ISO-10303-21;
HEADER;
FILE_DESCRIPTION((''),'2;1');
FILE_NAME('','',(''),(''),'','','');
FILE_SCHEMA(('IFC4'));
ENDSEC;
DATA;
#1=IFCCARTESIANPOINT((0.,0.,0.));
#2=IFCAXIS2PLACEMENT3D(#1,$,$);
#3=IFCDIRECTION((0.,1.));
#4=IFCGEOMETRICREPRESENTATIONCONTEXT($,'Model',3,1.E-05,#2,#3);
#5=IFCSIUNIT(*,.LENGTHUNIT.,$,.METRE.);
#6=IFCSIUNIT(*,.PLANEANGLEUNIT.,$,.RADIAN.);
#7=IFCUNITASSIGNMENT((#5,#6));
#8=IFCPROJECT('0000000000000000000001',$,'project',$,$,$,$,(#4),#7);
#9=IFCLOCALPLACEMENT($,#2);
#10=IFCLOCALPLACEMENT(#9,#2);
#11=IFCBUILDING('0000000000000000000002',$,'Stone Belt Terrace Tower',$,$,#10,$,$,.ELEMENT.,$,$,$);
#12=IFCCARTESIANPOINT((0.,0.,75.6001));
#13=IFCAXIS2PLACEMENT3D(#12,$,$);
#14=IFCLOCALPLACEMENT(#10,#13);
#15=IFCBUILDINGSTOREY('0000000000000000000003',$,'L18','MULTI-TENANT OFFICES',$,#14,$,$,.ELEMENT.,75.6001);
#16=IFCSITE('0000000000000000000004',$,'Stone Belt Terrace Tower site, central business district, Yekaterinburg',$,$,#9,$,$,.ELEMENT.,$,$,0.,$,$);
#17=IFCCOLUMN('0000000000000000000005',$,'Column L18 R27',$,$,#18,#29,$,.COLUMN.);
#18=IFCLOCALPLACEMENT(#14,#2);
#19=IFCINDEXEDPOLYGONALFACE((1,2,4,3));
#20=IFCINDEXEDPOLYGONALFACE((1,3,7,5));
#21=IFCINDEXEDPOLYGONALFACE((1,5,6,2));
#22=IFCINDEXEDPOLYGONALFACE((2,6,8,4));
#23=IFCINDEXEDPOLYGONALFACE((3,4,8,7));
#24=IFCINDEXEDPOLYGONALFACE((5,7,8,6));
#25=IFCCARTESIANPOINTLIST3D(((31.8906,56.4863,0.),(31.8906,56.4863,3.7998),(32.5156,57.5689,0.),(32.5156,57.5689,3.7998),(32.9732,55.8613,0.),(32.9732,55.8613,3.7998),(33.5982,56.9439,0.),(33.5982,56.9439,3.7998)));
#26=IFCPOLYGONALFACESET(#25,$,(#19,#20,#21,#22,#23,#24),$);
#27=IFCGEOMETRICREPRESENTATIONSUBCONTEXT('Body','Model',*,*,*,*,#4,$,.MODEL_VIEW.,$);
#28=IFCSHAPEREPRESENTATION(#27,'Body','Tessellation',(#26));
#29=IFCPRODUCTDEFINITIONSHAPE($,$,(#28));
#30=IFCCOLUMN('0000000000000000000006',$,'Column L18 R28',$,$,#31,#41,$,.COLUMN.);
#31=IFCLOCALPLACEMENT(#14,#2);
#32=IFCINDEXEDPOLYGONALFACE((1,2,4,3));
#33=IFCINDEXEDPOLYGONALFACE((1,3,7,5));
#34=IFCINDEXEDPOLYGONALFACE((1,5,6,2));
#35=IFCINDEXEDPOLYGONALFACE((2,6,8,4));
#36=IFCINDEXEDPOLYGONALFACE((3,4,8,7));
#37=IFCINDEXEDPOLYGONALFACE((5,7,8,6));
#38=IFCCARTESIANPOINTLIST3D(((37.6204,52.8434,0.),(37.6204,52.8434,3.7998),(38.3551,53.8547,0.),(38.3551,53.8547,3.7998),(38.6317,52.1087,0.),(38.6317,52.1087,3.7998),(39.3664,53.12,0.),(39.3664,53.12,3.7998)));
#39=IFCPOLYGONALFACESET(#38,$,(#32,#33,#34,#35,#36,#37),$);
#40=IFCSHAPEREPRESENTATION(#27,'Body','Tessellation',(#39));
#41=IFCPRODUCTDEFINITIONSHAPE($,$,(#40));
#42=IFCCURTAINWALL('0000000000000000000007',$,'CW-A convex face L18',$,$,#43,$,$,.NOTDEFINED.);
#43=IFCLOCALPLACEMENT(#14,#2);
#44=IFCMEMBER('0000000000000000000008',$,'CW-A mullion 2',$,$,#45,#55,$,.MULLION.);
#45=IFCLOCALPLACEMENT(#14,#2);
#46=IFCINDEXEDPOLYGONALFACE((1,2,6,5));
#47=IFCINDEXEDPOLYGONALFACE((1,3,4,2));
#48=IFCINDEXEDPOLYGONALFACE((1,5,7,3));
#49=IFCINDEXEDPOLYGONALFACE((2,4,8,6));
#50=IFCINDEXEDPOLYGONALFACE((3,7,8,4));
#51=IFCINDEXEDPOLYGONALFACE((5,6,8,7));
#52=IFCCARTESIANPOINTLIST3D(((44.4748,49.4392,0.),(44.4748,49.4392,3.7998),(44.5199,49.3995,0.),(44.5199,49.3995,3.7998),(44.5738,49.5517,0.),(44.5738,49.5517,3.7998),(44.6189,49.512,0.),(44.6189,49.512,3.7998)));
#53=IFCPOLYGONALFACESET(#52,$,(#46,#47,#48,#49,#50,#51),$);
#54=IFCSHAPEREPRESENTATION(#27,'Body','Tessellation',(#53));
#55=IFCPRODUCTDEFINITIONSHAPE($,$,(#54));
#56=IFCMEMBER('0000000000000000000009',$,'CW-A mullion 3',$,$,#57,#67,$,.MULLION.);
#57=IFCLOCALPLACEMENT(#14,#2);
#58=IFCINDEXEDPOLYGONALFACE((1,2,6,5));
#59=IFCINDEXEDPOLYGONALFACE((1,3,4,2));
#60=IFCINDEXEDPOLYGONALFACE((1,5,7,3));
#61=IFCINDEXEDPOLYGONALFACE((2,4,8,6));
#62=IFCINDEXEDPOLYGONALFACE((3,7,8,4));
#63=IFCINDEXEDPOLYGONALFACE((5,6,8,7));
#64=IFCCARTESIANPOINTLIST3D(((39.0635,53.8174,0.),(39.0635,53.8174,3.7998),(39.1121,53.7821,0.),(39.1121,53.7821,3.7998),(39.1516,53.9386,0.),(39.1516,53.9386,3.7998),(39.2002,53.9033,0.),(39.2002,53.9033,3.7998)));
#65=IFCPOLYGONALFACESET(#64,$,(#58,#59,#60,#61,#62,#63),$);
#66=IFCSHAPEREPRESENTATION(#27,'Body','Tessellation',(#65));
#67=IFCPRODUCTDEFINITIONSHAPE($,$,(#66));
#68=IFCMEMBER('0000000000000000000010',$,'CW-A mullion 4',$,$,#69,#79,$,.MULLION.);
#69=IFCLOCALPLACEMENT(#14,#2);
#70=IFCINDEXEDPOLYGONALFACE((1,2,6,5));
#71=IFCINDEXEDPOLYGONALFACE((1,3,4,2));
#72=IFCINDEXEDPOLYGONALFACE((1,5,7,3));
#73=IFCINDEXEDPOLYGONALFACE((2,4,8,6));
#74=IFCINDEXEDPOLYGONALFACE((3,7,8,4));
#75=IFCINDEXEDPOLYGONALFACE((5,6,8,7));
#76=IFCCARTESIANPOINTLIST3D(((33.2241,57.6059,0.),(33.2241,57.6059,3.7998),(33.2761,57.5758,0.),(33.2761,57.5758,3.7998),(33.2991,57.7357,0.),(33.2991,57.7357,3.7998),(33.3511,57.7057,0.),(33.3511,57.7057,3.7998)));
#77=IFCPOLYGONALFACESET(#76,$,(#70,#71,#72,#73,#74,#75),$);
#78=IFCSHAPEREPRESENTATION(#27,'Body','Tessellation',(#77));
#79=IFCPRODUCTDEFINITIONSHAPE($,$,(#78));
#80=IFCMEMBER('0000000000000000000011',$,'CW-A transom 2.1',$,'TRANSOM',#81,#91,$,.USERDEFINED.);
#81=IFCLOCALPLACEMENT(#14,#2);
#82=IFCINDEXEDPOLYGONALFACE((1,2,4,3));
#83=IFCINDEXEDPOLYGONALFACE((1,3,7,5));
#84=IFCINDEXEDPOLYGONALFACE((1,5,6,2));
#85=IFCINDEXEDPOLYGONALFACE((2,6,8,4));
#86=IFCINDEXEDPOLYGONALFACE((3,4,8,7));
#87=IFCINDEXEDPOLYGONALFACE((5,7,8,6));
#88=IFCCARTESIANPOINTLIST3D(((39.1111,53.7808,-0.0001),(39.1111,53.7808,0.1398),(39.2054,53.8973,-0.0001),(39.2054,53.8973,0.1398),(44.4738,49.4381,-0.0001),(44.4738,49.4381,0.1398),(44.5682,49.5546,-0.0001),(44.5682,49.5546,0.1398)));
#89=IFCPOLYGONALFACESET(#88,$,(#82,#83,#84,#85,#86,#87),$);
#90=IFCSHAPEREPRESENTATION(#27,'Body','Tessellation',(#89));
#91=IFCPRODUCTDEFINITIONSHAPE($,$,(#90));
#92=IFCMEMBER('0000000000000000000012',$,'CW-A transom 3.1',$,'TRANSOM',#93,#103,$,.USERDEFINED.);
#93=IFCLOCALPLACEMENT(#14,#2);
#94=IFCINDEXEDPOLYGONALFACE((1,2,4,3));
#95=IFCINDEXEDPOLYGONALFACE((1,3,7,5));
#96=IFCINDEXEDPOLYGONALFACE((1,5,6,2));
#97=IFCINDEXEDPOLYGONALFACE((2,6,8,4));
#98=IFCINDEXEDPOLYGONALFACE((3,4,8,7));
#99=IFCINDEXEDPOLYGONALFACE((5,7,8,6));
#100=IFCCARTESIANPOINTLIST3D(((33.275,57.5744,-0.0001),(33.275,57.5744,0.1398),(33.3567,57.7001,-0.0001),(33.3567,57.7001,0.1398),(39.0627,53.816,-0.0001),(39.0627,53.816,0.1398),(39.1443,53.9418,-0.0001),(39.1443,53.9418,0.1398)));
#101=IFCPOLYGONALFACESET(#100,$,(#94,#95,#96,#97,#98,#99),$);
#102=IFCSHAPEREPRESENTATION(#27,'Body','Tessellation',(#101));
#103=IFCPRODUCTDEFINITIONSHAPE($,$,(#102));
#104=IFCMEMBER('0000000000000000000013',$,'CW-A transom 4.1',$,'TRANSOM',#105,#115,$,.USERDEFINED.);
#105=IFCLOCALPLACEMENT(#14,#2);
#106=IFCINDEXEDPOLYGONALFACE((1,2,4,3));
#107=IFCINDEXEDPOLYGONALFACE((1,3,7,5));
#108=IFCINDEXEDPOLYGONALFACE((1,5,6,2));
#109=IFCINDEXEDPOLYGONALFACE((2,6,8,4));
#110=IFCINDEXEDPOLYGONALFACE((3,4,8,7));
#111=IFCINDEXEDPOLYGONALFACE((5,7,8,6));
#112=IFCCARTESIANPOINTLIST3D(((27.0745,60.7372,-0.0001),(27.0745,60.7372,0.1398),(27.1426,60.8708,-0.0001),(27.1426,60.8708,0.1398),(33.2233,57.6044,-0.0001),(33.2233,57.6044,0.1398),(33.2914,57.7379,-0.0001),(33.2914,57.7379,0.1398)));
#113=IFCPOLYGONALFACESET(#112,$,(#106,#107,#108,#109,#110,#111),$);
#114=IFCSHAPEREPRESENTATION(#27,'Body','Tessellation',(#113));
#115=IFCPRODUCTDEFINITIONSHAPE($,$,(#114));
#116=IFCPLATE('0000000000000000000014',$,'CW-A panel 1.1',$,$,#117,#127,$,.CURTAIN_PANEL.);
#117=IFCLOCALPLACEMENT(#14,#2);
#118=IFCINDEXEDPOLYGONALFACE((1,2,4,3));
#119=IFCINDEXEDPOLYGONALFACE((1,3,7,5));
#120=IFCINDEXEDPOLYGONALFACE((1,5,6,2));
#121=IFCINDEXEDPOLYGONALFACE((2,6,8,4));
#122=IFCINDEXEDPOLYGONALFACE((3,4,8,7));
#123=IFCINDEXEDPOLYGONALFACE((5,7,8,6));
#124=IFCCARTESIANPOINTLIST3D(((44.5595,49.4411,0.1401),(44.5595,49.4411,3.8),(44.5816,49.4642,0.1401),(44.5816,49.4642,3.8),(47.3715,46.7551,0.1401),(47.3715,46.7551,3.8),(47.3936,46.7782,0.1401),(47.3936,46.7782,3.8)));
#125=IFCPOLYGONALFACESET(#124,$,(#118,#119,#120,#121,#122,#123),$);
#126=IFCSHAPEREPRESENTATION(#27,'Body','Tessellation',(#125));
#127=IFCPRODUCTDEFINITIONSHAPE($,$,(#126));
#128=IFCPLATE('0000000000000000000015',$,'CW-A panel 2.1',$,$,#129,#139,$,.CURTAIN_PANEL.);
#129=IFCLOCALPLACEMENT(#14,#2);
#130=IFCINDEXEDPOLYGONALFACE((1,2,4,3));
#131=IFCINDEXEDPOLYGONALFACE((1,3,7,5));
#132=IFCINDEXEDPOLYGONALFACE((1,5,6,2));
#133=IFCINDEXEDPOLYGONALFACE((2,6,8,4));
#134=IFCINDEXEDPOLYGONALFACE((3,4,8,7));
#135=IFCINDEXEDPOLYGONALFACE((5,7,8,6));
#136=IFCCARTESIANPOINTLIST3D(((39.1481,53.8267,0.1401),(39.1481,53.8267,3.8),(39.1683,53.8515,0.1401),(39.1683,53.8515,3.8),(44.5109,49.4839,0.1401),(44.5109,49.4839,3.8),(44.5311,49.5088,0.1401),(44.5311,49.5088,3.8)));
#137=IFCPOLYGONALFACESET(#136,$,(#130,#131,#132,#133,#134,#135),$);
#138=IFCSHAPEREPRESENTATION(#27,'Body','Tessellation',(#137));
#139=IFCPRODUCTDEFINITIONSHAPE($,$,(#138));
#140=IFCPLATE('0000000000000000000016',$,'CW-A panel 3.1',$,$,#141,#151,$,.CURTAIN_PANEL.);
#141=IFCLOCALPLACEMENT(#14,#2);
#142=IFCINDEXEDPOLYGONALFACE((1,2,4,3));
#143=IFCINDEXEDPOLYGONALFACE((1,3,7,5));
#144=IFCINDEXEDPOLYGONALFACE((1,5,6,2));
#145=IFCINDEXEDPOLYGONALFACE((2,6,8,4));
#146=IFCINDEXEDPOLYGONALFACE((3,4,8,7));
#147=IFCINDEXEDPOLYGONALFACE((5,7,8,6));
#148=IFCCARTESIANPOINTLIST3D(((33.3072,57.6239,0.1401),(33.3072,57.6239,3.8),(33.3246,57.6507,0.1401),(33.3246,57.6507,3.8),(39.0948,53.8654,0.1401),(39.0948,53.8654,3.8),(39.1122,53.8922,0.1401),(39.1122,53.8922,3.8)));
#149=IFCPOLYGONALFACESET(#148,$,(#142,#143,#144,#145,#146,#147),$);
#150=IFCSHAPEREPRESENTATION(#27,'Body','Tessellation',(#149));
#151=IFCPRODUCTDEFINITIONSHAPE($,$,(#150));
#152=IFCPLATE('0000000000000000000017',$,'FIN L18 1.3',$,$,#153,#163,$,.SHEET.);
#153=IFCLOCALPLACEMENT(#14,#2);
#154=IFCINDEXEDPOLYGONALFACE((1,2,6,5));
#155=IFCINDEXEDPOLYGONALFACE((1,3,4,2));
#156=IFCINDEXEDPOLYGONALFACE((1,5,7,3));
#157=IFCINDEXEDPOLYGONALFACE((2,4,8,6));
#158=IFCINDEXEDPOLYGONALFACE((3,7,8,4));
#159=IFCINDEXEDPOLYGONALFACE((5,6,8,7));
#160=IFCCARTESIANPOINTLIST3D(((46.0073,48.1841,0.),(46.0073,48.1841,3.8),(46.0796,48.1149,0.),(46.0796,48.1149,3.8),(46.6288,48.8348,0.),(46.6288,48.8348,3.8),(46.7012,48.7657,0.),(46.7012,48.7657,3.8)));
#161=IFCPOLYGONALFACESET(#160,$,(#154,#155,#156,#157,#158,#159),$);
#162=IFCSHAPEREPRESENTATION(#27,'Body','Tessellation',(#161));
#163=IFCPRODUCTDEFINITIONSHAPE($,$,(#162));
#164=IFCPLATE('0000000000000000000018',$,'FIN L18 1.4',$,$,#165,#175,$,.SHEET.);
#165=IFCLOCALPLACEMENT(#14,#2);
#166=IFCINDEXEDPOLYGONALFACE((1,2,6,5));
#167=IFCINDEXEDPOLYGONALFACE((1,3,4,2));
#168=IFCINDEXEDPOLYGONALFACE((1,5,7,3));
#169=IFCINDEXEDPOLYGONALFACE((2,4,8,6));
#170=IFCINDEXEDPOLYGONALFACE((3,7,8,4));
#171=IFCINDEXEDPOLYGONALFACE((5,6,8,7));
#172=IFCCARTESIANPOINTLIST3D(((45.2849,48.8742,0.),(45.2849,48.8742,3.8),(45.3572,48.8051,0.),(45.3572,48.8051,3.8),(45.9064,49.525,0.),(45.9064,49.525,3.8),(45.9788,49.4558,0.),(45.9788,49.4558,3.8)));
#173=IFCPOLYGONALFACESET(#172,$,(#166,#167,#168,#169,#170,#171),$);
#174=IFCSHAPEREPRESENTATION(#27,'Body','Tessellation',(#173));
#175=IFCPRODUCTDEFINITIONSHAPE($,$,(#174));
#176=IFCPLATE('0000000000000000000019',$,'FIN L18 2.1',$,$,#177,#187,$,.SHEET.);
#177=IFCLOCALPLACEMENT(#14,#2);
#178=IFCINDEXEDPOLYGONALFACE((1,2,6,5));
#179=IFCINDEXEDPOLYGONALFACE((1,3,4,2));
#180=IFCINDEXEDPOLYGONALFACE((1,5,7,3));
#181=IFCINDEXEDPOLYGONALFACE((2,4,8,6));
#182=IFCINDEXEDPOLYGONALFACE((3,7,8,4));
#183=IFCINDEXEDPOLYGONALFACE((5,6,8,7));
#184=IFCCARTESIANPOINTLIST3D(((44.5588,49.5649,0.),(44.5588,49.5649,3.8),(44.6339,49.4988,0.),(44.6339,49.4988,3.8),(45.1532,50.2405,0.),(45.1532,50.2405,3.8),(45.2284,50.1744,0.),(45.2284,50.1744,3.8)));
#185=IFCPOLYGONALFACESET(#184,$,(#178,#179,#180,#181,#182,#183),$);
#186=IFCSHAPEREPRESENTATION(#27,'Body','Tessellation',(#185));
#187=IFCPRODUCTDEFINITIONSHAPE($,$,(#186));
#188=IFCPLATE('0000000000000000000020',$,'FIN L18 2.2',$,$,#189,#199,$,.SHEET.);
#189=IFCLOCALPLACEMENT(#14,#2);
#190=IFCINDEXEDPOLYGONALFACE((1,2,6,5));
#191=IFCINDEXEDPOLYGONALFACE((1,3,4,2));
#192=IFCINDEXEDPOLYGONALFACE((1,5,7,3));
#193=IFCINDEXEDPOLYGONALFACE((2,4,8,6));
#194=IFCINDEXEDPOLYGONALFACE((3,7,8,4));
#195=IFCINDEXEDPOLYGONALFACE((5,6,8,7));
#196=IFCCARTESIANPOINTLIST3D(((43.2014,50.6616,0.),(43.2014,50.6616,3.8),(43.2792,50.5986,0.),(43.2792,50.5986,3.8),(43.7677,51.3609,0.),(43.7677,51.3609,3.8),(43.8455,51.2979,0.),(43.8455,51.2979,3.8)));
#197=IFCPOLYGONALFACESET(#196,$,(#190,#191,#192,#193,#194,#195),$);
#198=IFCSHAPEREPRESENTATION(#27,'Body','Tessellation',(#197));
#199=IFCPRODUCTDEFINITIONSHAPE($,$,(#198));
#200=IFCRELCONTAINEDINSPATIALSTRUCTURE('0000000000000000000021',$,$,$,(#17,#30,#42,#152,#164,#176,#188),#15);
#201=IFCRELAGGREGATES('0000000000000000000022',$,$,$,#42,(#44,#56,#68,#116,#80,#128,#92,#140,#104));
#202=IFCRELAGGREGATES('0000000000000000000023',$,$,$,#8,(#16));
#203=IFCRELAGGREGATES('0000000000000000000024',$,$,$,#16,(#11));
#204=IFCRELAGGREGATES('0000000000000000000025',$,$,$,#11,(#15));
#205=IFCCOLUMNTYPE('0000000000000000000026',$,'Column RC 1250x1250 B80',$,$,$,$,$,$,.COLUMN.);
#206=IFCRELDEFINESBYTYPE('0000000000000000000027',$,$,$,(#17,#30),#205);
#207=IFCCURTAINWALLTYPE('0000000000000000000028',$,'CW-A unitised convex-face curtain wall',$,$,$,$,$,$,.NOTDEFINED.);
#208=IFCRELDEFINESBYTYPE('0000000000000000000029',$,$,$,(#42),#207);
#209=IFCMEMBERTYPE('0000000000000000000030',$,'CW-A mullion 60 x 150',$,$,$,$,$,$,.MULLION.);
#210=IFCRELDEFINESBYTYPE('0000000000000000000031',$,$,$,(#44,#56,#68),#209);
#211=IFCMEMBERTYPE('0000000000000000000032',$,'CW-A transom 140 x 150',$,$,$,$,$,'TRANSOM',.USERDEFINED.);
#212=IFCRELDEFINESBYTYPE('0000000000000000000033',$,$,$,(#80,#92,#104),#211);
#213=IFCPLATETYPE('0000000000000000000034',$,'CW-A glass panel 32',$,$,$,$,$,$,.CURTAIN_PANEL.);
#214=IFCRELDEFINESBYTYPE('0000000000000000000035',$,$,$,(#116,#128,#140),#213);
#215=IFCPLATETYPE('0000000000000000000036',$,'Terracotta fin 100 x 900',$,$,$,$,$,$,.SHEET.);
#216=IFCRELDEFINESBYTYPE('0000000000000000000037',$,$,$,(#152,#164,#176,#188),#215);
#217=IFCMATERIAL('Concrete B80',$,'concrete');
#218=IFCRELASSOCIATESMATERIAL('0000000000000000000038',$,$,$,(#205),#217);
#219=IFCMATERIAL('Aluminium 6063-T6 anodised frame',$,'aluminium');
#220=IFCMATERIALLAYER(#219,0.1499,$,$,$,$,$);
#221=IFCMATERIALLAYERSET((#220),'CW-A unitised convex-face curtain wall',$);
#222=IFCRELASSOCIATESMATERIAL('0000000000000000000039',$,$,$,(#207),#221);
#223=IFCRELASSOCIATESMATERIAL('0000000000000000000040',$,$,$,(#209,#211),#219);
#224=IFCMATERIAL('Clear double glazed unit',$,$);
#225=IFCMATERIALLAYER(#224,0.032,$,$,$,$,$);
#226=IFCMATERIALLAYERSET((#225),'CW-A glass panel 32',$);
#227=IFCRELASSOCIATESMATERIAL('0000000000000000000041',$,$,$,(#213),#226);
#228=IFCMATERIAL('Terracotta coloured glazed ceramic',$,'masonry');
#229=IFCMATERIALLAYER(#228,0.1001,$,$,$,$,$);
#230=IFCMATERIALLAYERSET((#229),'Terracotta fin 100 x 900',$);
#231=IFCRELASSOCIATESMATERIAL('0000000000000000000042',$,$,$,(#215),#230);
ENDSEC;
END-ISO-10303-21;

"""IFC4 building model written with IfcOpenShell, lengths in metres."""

from ifc_helpers import new_model, si_unit, direction, frame, origin, origin_2d, place, context, subcontext, project, spatial, rectangle, extrude, material, layer, layer_set, material_profile, profile_set, type_object, element, aggregate, save


model = new_model("IFC4")

# Units and contexts
model_context = context("Model", 3, precision=1e-05, world=origin(), true_north=direction((0.0, 1.0)))
body_context = subcontext(model_context, "Body", "Model", "MODEL_VIEW")
ifc_project = project(units=[si_unit("LENGTHUNIT", "METRE"), si_unit("PLANEANGLEUNIT", "RADIAN")], contexts=[model_context])

# Site, building, storey
site_placement = place(None, origin())
site = spatial("IfcSite", under=ifc_project, at=site_placement, Name="Stone Belt Terrace Tower site, central business district, Yekaterinburg", CompositionType="ELEMENT", RefElevation=0.0)
building_placement = place(site_placement, origin())
building = spatial("IfcBuilding", under=site, at=building_placement, Name="Stone Belt Terrace Tower", CompositionType="ELEMENT")
storey_placement = place(building_placement, frame((0.0, 0.0, 75.6001)))
storey = spatial("IfcBuildingStorey", under=building, at=storey_placement, Name="L18", Description="MULTI-TENANT OFFICES", CompositionType="ELEMENT", Elevation=75.6001)

# Columns
ifc_material_1 = material(Name="Concrete B80", Category="concrete")
ifc_material_profile_1 = material_profile(ifc_material_1, rectangle(XDim=1.25, YDim=1.25, at=origin_2d()), Name="RC 1250x1250")
ifc_profile_set_1 = profile_set([ifc_material_profile_1], Name="Concrete B80")
column_type = type_object("IfcColumnType", Name="Column RC 1250x1250 B80", PredefinedType="COLUMN", material=ifc_profile_set_1)
for number, where, z_axis, x_axis, name in (
    (1, (32.7444, 56.7151, 0.0), (0.0, 0.0, 1.0), (0.866025, -0.5, 0.0), "Column L18 R27"),
    (2, (38.4934, 52.9817, 0.0), (0.0, 0.0, 1.0), (0.809017, -0.587785, 0.0), "Column L18 R28"),
):
    element("IfcColumn", number, at=place(storey_placement, frame(where, z_axis=z_axis, x_axis=x_axis)), inside=storey, type_object=column_type, Name=name, PredefinedType="COLUMN", context=body_context, shape_type="SweptSolid", body=[
        extrude(rectangle(XDim=1.25, YDim=1.25, at=origin_2d()), origin(), (0.0, 0.0, 1.0), 3.7998),
    ])

# Curtain wall, members, plates
ifc_material_2 = material(Name="Aluminium 6063-T6 anodised frame", Category="aluminium")
ifc_layer_1 = layer(ifc_material_2, 0.1499)
ifc_layer_set_1 = layer_set([ifc_layer_1], Name="CW-A unitised convex-face curtain wall")
curtain_wall_type = type_object("IfcCurtainWallType", Name="CW-A unitised convex-face curtain wall", PredefinedType="NOTDEFINED", material=ifc_layer_set_1)
curtain_wall_placement = place(storey_placement, origin())
curtain_wall = element("IfcCurtainWall", 3, at=curtain_wall_placement, inside=storey, type_object=curtain_wall_type, Name="CW-A convex face L18", PredefinedType="NOTDEFINED")
ifc_material_profile_2 = material_profile(ifc_material_2, rectangle(XDim=0.1499, YDim=0.0601, at=origin_2d()), Name="Aluminium 6063-T6 60x150")
ifc_profile_set_2 = profile_set([ifc_material_profile_2], Name="Aluminium 6063-T6 anodised frame")
member_type_1 = type_object("IfcMemberType", Name="CW-A mullion 60 x 150", PredefinedType="MULLION", material=ifc_profile_set_2)
member_1_placement = place(storey_placement, frame((44.5469, 49.4756, 0.0), z_axis=(0.0, 0.0, 1.0), x_axis=(-0.660573, -0.750761, 0.0)))
member_1 = element("IfcMember", 4, at=member_1_placement, type_object=member_type_1, Name="CW-A mullion 2", PredefinedType="MULLION", context=body_context, shape_type="SweptSolid", body=[
    extrude(rectangle(XDim=0.1499, YDim=0.0601, at=origin_2d()), origin(), (0.0, 0.0, 1.0), 3.7998),
])
member_2_placement = place(storey_placement, frame((39.1318, 53.8604, 0.0), z_axis=(0.0, 0.0, 1.0), x_axis=(-0.587785, -0.809017, 0.0)))
member_2 = element("IfcMember", 5, at=member_2_placement, type_object=member_type_1, Name="CW-A mullion 3", PredefinedType="MULLION", context=body_context, shape_type="SweptSolid", body=[
    extrude(rectangle(XDim=0.1499, YDim=0.0601, at=origin_2d()), origin(), (0.0, 0.0, 1.0), 3.7998),
])
member_3_placement = place(storey_placement, frame((33.2876, 57.6558, 0.0), z_axis=(0.0, 0.0, 1.0), x_axis=(-0.5, -0.866025, 0.0)))
member_3 = element("IfcMember", 6, at=member_3_placement, type_object=member_type_1, Name="CW-A mullion 4", PredefinedType="MULLION", context=body_context, shape_type="SweptSolid", body=[
    extrude(rectangle(XDim=0.1499, YDim=0.0601, at=origin_2d()), origin(), (0.0, 0.0, 1.0), 3.7998),
])
ifc_material_profile_3 = material_profile(ifc_material_2, rectangle(XDim=0.1499, YDim=0.1399, at=origin_2d()), Name="Aluminium 6063-T6 150x140")
ifc_profile_set_3 = profile_set([ifc_material_profile_3], Name="Aluminium 6063-T6 anodised frame")
member_type_2 = type_object("IfcMemberType", Name="CW-A transom 140 x 150", ElementType="TRANSOM", PredefinedType="USERDEFINED", material=ifc_profile_set_3)
member_4_placement = place(storey_placement, frame((44.521, 49.4963, 0.0698), z_axis=(-0.777141, 0.629326, 0.0), x_axis=(-0.629326, -0.777141, 0.0)))
member_4 = element("IfcMember", 7, at=member_4_placement, type_object=member_type_2, Name="CW-A transom 2.1", ObjectType="TRANSOM", PredefinedType="USERDEFINED", context=body_context, shape_type="SweptSolid", body=[
    extrude(rectangle(XDim=0.1499, YDim=0.1399, at=origin_2d()), origin(), (0.0, 0.0, 1.0), 6.9006),
])
member_5_placement = place(storey_placement, frame((39.1035, 53.8789, 0.0698), z_axis=(-0.838684, 0.544618, 0.0), x_axis=(-0.544618, -0.838684, 0.0)))
member_5 = element("IfcMember", 8, at=member_5_placement, type_object=member_type_2, Name="CW-A transom 3.1", ObjectType="TRANSOM", PredefinedType="USERDEFINED", context=body_context, shape_type="SweptSolid", body=[
    extrude(rectangle(XDim=0.1499, YDim=0.1399, at=origin_2d()), origin(), (0.0, 0.0, 1.0), 6.9009),
])
member_6_placement = place(storey_placement, frame((33.2573, 57.6711, 0.0698), z_axis=(-0.891012, 0.453979, 0.0), x_axis=(-0.453979, -0.891012, 0.0)))
member_6 = element("IfcMember", 9, at=member_6_placement, type_object=member_type_2, Name="CW-A transom 4.1", ObjectType="TRANSOM", PredefinedType="USERDEFINED", context=body_context, shape_type="SweptSolid", body=[
    extrude(rectangle(XDim=0.1499, YDim=0.1399, at=origin_2d()), origin(), (0.0, 0.0, 1.0), 6.9009),
])
ifc_material_3 = material(Name="Clear double glazed unit")
ifc_layer_2 = layer(ifc_material_3, 0.032)
ifc_layer_set_2 = layer_set([ifc_layer_2], Name="CW-A glass panel 32")
plate_type_1 = type_object("IfcPlateType", Name="CW-A glass panel 32", PredefinedType="CURTAIN_PANEL", material=ifc_layer_set_2)
plate_1_placement = place(storey_placement, frame((45.9766, 48.1096, 0.1401), z_axis=(0.0, 0.0, 1.0), x_axis=(-0.723121, 0.690721, 0.0)))
plate_1 = element("IfcPlate", 10, at=plate_1_placement, type_object=plate_type_1, Name="CW-A panel 1.1", PredefinedType="CURTAIN_PANEL", context=body_context, shape_type="SweptSolid", body=[
    extrude(rectangle(XDim=3.8887, YDim=0.032, at=origin_2d()), origin(), (0.0, 0.0, 1.0), 3.6599),
])
plate_2_placement = place(storey_placement, frame((41.8396, 51.6677, 0.1401), z_axis=(0.0, 0.0, 1.0), x_axis=(-0.777146, 0.62932, 0.0)))
plate_2 = element("IfcPlate", 11, at=plate_2_placement, type_object=plate_type_1, Name="CW-A panel 2.1", PredefinedType="CURTAIN_PANEL", context=body_context, shape_type="SweptSolid", body=[
    extrude(rectangle(XDim=6.9006, YDim=0.032, at=origin_2d()), origin(), (0.0, 0.0, 1.0), 3.6599),
])
plate_3_placement = place(storey_placement, frame((36.2097, 55.7581, 0.1401), z_axis=(0.0, 0.0, 1.0), x_axis=(-0.838671, 0.544639, 0.0)))
plate_3 = element("IfcPlate", 12, at=plate_3_placement, type_object=plate_type_1, Name="CW-A panel 3.1", PredefinedType="CURTAIN_PANEL", context=body_context, shape_type="SweptSolid", body=[
    extrude(rectangle(XDim=6.9009, YDim=0.032, at=origin_2d()), origin(), (0.0, 0.0, 1.0), 3.6599),
])
aggregate(curtain_wall, [member_1, member_2, member_3, plate_1, member_4, plate_2, member_5, plate_3, member_6])

# Plates
ifc_material_4 = material(Name="Terracotta coloured glazed ceramic", Category="masonry")
ifc_layer_3 = layer(ifc_material_4, 0.1001)
ifc_layer_set_3 = layer_set([ifc_layer_3], Name="Terracotta fin 100 x 900")
plate_type_2 = type_object("IfcPlateType", Name="Terracotta fin 100 x 900", PredefinedType="SHEET", material=ifc_layer_set_3)
for number, where, z_axis, x_axis, name in (
    (13, (46.3542, 48.4749, 0.0), (0.0, 0.0, 1.0), (0.690721, 0.723121, 0.0), "FIN L18 1.3"),
    (14, (45.6318, 49.165, 0.0), (0.0, 0.0, 1.0), (0.690721, 0.723121, 0.0), "FIN L18 1.4"),
    (15, (44.8936, 49.8696, 0.0), (0.0, 0.0, 1.0), (0.660573, 0.750761, 0.0), "FIN L18 2.1"),
    (16, (43.5234, 50.9797, 0.0), (0.0, 0.0, 1.0), (0.62932, 0.777146, 0.0), "FIN L18 2.2"),
):
    element("IfcPlate", number, at=place(storey_placement, frame(where, z_axis=z_axis, x_axis=x_axis)), inside=storey, type_object=plate_type_2, Name=name, PredefinedType="SHEET", context=body_context, shape_type="SweptSolid", body=[
        extrude(rectangle(XDim=0.8999, YDim=0.1001, at=origin_2d()), origin(), (0.0, 0.0, 1.0), 3.8),
    ])

save(model, "model.ifc")
